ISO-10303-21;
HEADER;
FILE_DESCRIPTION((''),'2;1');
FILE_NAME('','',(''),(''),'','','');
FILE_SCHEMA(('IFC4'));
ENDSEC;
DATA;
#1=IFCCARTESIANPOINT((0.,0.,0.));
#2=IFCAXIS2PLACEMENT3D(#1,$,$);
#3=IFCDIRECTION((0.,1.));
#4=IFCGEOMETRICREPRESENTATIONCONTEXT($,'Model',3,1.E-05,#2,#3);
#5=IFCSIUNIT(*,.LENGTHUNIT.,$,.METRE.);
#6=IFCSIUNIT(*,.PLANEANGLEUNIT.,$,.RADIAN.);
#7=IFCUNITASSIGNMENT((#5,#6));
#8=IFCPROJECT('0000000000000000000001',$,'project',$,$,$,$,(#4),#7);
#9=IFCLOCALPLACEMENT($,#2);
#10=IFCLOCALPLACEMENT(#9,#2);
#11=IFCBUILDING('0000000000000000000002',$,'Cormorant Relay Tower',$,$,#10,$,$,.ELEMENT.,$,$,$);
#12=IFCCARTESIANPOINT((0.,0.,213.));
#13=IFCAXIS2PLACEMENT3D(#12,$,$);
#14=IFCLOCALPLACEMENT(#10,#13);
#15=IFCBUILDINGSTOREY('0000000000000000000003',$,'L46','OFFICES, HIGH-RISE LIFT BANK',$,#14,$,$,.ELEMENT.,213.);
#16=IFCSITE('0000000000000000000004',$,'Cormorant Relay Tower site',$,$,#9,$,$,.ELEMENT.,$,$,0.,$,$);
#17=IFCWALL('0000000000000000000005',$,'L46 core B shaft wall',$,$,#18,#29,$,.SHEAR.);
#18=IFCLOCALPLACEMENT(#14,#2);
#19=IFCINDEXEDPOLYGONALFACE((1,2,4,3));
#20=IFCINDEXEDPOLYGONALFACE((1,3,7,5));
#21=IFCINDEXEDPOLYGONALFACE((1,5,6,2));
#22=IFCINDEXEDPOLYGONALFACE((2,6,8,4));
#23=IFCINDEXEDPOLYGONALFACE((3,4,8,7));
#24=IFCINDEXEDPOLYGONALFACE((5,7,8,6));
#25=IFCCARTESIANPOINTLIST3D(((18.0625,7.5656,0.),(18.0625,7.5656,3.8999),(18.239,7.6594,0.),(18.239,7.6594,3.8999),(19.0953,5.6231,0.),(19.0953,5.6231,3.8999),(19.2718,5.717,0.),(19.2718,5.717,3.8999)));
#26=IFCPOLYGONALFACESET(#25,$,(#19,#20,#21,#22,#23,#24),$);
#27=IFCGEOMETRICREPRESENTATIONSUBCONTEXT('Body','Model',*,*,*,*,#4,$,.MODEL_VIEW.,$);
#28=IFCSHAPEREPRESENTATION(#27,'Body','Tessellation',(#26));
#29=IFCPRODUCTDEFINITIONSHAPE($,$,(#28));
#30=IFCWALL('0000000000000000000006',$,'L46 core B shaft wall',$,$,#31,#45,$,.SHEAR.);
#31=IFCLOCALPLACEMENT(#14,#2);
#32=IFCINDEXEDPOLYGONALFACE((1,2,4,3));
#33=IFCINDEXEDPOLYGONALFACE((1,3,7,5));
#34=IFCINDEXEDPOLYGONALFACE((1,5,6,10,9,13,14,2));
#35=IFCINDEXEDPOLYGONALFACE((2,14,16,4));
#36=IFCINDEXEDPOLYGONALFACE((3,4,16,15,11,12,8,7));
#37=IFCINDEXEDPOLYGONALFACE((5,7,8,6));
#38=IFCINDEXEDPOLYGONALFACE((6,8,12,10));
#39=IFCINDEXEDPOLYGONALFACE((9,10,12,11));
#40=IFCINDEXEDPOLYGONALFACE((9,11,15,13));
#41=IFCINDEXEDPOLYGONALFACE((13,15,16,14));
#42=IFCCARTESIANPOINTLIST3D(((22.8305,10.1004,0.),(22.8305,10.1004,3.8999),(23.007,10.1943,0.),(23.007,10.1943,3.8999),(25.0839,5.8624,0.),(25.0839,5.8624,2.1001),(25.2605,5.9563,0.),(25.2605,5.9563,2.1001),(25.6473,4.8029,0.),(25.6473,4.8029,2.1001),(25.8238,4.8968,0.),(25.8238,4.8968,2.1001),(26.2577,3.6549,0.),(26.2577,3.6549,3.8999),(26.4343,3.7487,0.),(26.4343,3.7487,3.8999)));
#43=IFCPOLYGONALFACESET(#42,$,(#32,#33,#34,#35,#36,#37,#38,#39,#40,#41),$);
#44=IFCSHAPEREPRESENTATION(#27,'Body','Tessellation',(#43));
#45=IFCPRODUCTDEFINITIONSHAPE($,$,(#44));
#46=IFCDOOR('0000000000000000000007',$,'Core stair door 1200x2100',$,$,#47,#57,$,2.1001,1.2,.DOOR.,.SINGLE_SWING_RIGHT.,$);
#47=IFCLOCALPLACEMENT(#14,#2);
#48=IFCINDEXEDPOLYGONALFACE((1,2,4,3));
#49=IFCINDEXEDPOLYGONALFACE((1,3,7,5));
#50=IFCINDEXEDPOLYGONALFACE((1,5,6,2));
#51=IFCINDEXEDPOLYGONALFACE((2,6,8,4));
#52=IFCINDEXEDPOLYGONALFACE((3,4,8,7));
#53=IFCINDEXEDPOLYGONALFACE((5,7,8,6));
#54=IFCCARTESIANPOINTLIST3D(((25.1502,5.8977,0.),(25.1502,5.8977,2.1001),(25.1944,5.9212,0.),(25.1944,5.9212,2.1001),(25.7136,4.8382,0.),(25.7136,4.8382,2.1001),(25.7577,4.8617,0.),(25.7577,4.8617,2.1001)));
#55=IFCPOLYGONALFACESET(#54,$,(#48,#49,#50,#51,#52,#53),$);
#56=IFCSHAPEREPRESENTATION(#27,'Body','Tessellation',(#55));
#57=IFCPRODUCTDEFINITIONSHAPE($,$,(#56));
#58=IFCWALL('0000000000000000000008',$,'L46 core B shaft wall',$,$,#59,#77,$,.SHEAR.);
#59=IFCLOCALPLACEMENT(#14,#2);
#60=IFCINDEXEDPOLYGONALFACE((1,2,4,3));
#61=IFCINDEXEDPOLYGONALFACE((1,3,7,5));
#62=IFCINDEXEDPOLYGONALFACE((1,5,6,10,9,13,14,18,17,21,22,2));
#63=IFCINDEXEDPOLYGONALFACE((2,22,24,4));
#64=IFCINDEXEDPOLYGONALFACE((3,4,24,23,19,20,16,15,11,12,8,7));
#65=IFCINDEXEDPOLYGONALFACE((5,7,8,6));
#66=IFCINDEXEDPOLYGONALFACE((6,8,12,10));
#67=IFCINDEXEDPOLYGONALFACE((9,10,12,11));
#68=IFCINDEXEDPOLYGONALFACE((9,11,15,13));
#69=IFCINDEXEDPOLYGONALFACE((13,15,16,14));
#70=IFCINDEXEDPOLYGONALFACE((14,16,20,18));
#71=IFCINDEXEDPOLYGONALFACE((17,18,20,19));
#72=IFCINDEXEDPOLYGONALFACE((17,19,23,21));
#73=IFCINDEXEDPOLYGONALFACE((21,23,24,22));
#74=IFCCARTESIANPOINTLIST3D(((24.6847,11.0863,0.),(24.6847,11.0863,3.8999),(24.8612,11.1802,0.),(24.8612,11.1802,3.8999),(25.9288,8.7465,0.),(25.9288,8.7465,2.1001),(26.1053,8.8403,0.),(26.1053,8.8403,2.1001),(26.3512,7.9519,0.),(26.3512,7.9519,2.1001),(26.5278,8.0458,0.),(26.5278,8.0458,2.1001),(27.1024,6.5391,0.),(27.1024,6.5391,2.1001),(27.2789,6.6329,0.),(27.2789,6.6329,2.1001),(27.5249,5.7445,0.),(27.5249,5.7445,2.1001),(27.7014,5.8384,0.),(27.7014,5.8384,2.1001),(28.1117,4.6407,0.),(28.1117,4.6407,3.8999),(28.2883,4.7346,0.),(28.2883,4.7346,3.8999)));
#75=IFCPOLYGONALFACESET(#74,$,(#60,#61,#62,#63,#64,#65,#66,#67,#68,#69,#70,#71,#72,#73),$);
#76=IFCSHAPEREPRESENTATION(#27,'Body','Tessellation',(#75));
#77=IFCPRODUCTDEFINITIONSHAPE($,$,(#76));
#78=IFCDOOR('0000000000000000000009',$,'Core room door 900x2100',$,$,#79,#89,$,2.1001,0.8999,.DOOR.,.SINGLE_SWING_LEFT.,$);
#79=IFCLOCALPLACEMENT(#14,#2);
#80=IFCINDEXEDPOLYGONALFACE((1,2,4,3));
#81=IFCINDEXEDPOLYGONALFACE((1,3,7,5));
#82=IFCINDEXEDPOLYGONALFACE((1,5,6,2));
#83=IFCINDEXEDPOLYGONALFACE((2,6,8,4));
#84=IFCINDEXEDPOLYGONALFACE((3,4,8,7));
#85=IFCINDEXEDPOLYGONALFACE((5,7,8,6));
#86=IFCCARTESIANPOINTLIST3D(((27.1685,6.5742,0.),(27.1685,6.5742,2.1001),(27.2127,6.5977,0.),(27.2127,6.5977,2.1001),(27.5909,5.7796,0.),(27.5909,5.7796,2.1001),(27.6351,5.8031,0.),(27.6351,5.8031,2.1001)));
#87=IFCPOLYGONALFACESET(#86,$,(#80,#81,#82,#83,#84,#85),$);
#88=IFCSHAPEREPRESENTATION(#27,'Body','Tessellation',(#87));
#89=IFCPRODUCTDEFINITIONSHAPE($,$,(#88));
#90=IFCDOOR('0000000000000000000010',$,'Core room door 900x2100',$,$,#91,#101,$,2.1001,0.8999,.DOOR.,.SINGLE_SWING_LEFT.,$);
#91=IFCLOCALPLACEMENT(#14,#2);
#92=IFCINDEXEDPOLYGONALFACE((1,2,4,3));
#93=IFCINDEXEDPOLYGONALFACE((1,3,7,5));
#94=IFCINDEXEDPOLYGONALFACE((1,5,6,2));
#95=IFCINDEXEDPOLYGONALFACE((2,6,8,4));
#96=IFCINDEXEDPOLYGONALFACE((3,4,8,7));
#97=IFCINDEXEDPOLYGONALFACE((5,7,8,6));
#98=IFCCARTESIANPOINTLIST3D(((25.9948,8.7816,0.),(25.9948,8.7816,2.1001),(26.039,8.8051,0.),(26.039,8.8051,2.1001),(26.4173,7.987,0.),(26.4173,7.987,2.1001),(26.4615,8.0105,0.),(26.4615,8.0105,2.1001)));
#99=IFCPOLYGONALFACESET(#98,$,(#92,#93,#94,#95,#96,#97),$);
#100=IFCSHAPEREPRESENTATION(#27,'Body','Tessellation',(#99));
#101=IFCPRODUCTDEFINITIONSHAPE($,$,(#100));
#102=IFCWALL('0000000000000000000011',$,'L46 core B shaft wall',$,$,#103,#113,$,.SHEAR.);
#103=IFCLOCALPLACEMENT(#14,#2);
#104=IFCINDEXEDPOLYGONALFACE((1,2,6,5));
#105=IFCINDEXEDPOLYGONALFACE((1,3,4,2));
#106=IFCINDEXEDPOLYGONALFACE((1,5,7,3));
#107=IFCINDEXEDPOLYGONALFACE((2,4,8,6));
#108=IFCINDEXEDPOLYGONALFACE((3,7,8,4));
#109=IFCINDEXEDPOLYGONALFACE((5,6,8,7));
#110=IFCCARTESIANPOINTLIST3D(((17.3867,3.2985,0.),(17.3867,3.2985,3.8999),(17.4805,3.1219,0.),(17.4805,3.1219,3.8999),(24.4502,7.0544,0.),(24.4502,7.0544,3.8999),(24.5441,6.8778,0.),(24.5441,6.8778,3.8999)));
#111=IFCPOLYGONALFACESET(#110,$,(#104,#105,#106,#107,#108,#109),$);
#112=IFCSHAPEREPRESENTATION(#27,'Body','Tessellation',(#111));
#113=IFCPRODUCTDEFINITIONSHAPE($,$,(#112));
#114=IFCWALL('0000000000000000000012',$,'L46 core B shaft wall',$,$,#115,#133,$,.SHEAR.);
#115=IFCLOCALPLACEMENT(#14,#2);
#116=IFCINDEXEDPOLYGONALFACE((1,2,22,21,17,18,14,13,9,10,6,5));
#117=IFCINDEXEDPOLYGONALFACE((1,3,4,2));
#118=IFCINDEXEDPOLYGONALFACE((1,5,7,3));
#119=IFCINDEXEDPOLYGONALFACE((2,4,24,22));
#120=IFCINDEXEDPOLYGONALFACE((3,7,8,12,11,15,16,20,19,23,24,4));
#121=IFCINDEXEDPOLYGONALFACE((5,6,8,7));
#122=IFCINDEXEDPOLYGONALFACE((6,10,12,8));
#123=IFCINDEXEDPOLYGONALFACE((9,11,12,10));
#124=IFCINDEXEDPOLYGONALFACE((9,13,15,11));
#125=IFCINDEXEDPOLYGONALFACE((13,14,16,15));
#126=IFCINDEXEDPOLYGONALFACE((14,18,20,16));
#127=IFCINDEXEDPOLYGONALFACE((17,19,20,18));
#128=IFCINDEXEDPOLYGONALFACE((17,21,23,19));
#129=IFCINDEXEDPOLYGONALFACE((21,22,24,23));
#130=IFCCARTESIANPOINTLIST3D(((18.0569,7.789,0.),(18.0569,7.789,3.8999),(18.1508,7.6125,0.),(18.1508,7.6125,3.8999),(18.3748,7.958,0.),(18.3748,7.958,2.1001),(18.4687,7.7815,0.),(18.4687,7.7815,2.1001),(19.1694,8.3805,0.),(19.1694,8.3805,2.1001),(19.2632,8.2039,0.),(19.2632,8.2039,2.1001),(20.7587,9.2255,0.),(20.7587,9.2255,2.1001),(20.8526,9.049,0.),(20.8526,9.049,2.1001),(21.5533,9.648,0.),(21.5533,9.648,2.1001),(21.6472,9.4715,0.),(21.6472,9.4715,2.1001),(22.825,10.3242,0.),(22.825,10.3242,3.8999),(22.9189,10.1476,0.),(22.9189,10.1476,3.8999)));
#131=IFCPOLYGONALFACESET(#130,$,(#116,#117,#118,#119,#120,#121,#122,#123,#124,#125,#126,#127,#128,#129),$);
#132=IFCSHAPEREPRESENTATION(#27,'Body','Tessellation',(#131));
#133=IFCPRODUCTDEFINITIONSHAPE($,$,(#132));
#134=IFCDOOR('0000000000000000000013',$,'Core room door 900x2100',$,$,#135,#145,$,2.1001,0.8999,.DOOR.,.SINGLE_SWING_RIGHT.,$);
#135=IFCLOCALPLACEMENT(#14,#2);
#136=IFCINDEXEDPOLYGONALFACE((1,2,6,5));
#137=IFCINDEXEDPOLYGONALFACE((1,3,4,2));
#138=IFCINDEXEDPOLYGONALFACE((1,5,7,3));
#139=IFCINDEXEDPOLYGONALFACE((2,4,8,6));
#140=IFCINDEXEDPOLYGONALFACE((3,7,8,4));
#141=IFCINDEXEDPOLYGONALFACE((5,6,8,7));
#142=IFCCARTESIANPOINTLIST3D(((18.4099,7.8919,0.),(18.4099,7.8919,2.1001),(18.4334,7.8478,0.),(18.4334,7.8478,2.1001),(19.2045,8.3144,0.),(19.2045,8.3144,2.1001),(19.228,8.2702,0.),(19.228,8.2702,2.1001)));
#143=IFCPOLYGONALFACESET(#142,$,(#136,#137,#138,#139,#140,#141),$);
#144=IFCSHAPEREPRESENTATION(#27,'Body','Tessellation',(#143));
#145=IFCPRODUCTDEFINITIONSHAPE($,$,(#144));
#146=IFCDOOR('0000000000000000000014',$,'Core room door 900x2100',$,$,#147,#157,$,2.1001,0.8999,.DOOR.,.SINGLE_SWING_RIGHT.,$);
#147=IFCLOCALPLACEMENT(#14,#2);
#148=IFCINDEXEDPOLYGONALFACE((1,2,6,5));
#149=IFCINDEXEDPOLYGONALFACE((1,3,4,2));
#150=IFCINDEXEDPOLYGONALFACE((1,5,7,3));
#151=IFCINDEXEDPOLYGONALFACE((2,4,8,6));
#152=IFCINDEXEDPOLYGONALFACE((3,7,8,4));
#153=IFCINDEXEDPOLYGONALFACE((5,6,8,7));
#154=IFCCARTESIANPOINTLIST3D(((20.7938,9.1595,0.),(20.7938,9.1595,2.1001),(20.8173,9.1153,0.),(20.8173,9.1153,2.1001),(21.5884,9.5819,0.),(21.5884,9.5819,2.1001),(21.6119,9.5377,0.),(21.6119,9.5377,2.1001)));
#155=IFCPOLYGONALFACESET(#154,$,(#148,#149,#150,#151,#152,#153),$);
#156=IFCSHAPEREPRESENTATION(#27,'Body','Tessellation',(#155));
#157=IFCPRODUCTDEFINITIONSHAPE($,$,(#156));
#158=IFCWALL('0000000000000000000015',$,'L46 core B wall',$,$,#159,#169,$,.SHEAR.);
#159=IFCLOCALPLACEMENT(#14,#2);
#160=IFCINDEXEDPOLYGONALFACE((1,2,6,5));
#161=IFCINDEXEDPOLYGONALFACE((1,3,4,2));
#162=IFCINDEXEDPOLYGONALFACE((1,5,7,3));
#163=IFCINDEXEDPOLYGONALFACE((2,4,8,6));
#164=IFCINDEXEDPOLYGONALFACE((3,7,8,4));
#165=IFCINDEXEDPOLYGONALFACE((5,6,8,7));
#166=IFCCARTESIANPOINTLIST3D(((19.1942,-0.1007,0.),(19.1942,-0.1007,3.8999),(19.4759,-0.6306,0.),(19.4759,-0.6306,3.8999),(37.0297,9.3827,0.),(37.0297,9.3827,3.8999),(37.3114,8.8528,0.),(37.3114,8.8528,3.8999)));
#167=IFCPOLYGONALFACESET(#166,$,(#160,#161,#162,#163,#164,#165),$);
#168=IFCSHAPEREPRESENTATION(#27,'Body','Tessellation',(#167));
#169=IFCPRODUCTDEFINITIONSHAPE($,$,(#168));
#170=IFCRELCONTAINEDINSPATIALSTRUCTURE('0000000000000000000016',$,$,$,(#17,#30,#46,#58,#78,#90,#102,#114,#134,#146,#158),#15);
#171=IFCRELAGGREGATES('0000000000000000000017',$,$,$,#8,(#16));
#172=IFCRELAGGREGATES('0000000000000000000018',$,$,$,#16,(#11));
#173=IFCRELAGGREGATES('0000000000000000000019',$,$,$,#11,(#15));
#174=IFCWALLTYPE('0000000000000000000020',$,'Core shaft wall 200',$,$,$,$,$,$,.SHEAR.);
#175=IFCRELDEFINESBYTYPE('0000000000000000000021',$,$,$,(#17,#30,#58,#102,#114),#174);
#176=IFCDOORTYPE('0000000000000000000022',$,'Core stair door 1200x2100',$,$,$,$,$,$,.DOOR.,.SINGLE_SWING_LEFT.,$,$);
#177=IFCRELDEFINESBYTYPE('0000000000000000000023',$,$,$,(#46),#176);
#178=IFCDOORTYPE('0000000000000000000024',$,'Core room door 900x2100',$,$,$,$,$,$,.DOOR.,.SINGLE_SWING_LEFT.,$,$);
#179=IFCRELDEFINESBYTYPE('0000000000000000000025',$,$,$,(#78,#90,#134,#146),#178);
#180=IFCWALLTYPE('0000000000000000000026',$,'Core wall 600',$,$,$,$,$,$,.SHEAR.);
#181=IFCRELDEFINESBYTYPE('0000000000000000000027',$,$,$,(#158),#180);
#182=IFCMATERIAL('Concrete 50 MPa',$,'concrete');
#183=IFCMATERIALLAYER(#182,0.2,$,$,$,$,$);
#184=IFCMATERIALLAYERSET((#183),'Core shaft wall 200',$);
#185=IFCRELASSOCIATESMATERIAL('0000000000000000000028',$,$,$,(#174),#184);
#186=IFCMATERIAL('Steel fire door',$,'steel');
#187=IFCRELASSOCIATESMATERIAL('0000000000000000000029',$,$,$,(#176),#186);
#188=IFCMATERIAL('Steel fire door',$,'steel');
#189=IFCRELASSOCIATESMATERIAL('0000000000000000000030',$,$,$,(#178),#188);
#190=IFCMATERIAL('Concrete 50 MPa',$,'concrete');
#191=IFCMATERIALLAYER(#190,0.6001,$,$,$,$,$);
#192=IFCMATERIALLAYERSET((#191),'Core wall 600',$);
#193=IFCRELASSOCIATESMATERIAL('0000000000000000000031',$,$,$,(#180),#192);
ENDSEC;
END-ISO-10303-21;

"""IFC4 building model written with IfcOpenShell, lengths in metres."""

from ifc_helpers import new_model, si_unit, direction, frame, frame_2d, origin, place, context, subcontext, project, spatial, rectangle, extrude, material, layer, layer_set, type_object, element, fill, save


model = new_model("IFC4")

# Units and contexts
model_context = context("Model", 3, precision=1e-05, world=origin(), true_north=direction((0.0, 1.0)))
body_context = subcontext(model_context, "Body", "Model", "MODEL_VIEW")
ifc_project = project(units=[si_unit("LENGTHUNIT", "METRE"), si_unit("PLANEANGLEUNIT", "RADIAN")], contexts=[model_context])

# Site, building, storey
site_placement = place(None, origin())
site = spatial("IfcSite", under=ifc_project, at=site_placement, Name="Cormorant Relay Tower site", CompositionType="ELEMENT", RefElevation=0.0)
building_placement = place(site_placement, origin())
building = spatial("IfcBuilding", under=site, at=building_placement, Name="Cormorant Relay Tower", CompositionType="ELEMENT")
storey_placement = place(building_placement, frame((0.0, 0.0, 213.0)))
storey = spatial("IfcBuildingStorey", under=building, at=storey_placement, Name="L46", Description="OFFICES, HIGH-RISE LIFT BANK", CompositionType="ELEMENT", Elevation=213.0)

# Wall
ifc_material_1 = material(Name="Concrete 50 MPa", Category="concrete")
ifc_layer_1 = layer(ifc_material_1, 0.2)
ifc_layer_set_1 = layer_set([ifc_layer_1], Name="Core shaft wall 200")
wall_type_1 = type_object("IfcWallType", Name="Core shaft wall 200", PredefinedType="SHEAR", material=ifc_layer_set_1)
wall_1_placement = place(storey_placement, frame((19.1836, 5.6699, 0.0), z_axis=(0.0, 0.0, 1.0), x_axis=(-0.469447, 0.88296, 0.0)))
element("IfcWall", 1, at=wall_1_placement, inside=storey, type_object=wall_type_1, Name="L46 core B shaft wall", PredefinedType="SHEAR", context=body_context, shape_type="SweptSolid", body=[
    extrude(rectangle(XDim=2.2, YDim=0.2, at=frame_2d((1.1001, 0.0))), origin(), (0.0, 0.0, 1.0), 3.8999),
])

# Wall, opening, door
wall_2_placement = place(storey_placement, frame((26.3459, 3.7019, 0.0), z_axis=(0.0, 0.0, 1.0), x_axis=(-0.46948, 0.882943, 0.0)))
wall_2 = element("IfcWall", 2, at=wall_2_placement, inside=storey, type_object=wall_type_1, Name="L46 core B shaft wall", PredefinedType="SHEAR", context=body_context, shape_type="SweptSolid", body=[
    extrude(rectangle(XDim=7.3, YDim=0.2, at=frame_2d((3.6499, 0.0))), origin(), (0.0, 0.0, 1.0), 3.8999),
])
opening_1_placement = place(wall_2_placement, frame((1.3, 0.0, 0.0)))
opening_1 = element("IfcOpeningElement", 3, at=opening_1_placement, cuts=wall_2, PredefinedType="OPENING", context=body_context, shape_type="SweptSolid", body=[
    extrude(rectangle(XDim=1.2, YDim=2.1001, at=frame_2d((0.6001, 1.05))), frame((0.0, 0.1099, 0.0), z_axis=(0.0, -1.0, 0.0), x_axis=(1.0, 0.0, 0.0)), (0.0, 0.0, 1.0), 0.22),
])
ifc_material_2 = material(Name="Steel fire door", Category="steel")
door_type_1 = type_object("IfcDoorType", Name="Core stair door 1200x2100", OperationType="SINGLE_SWING_LEFT", PredefinedType="DOOR", material=ifc_material_2)
door_1_placement = place(opening_1_placement, origin())
door_1 = element("IfcDoor", 4, at=door_1_placement, inside=storey, type_object=door_type_1, Name="Core stair door 1200x2100", OperationType="SINGLE_SWING_RIGHT", OverallHeight=2.1001, OverallWidth=1.2, PredefinedType="DOOR", context=body_context, shape_type="SweptSolid", body=[
    extrude(rectangle(XDim=1.2, YDim=2.1001, at=frame_2d((0.6001, 1.05))), frame((0.0, 0.0249, 0.0), z_axis=(0.0, -1.0, 0.0), x_axis=(1.0, 0.0, 0.0)), (0.0, 0.0, 1.0), 0.05),
])
fill(opening_1, door_1)

# Wall, openings, doors
wall_3_placement = place(storey_placement, frame((28.2, 4.6877, 0.0), z_axis=(0.0, 0.0, 1.0), x_axis=(-0.469454, 0.882957, 0.0)))
wall_3 = element("IfcWall", 5, at=wall_3_placement, inside=storey, type_object=wall_type_1, Name="L46 core B shaft wall", PredefinedType="SHEAR", context=body_context, shape_type="SweptSolid", body=[
    extrude(rectangle(XDim=7.3, YDim=0.2, at=frame_2d((3.6499, 0.0))), origin(), (0.0, 0.0, 1.0), 3.8999),
])
opening_2_placement = place(wall_3_placement, frame((1.25, 0.0, 0.0)))
opening_2 = element("IfcOpeningElement", 6, at=opening_2_placement, cuts=wall_3, PredefinedType="OPENING", context=body_context, shape_type="SweptSolid", body=[
    extrude(rectangle(XDim=0.8999, YDim=2.1001, at=frame_2d((0.45, 1.05))), frame((0.0, 0.1099, 0.0), z_axis=(0.0, -1.0, 0.0), x_axis=(1.0, 0.0, 0.0)), (0.0, 0.0, 1.0), 0.22),
])
opening_3_placement = place(wall_3_placement, frame((3.75, 0.0, 0.0)))
opening_3 = element("IfcOpeningElement", 7, at=opening_3_placement, cuts=wall_3, PredefinedType="OPENING", context=body_context, shape_type="SweptSolid", body=[
    extrude(rectangle(XDim=0.8999, YDim=2.1001, at=frame_2d((0.45, 1.05))), frame((0.0, 0.1099, 0.0), z_axis=(0.0, -1.0, 0.0), x_axis=(1.0, 0.0, 0.0)), (0.0, 0.0, 1.0), 0.22),
])
ifc_material_3 = material(Name="Steel fire door", Category="steel")
door_type_2 = type_object("IfcDoorType", Name="Core room door 900x2100", OperationType="SINGLE_SWING_LEFT", PredefinedType="DOOR", material=ifc_material_3)
door_2_placement = place(opening_2_placement, frame((0.8999, 0.0, 0.0), z_axis=(0.0, 0.0, 1.0), x_axis=(-1.0, 0.0, 0.0)))
door_2 = element("IfcDoor", 8, at=door_2_placement, inside=storey, type_object=door_type_2, Name="Core room door 900x2100", OperationType="SINGLE_SWING_LEFT", OverallHeight=2.1001, OverallWidth=0.8999, PredefinedType="DOOR", context=body_context, shape_type="SweptSolid", body=[
    extrude(rectangle(XDim=0.8999, YDim=2.1001, at=frame_2d((0.45, 1.05))), frame((0.0, 0.0249, 0.0), z_axis=(0.0, -1.0, 0.0), x_axis=(1.0, 0.0, 0.0)), (0.0, 0.0, 1.0), 0.05),
])
fill(opening_2, door_2)
door_3_placement = place(opening_3_placement, frame((0.8999, 0.0, 0.0), z_axis=(0.0, 0.0, 1.0), x_axis=(-1.0, 0.0, 0.0)))
door_3 = element("IfcDoor", 9, at=door_3_placement, inside=storey, type_object=door_type_2, Name="Core room door 900x2100", OperationType="SINGLE_SWING_LEFT", OverallHeight=2.1001, OverallWidth=0.8999, PredefinedType="DOOR", context=body_context, shape_type="SweptSolid", body=[
    extrude(rectangle(XDim=0.8999, YDim=2.1001, at=frame_2d((0.45, 1.05))), frame((0.0, 0.0249, 0.0), z_axis=(0.0, -1.0, 0.0), x_axis=(1.0, 0.0, 0.0)), (0.0, 0.0, 1.0), 0.05),
])
fill(opening_3, door_3)

# Wall
wall_4_placement = place(storey_placement, frame((17.4336, 3.2102, 0.0), z_axis=(0.0, 0.0, 1.0), x_axis=(0.88294, 0.469485, 0.0)))
element("IfcWall", 10, at=wall_4_placement, inside=storey, type_object=wall_type_1, Name="L46 core B shaft wall", PredefinedType="SHEAR", context=body_context, shape_type="SweptSolid", body=[
    extrude(rectangle(XDim=8.0, YDim=0.2, at=frame_2d((4.0, 0.0))), origin(), (0.0, 0.0, 1.0), 3.8999),
])

# Wall, openings, doors
wall_5_placement = place(storey_placement, frame((18.1038, 7.7007, 0.0), z_axis=(0.0, 0.0, 1.0), x_axis=(0.882953, 0.469462, 0.0)))
wall_5 = element("IfcWall", 11, at=wall_5_placement, inside=storey, type_object=wall_type_1, Name="L46 core B shaft wall", PredefinedType="SHEAR", context=body_context, shape_type="SweptSolid", body=[
    extrude(rectangle(XDim=5.4001, YDim=0.2, at=frame_2d((2.7002, 0.0))), origin(), (0.0, 0.0, 1.0), 3.8999),
])
opening_4_placement = place(wall_5_placement, frame((0.3601, 0.0, 0.0)))
opening_4 = element("IfcOpeningElement", 12, at=opening_4_placement, cuts=wall_5, PredefinedType="OPENING", context=body_context, shape_type="SweptSolid", body=[
    extrude(rectangle(XDim=0.8999, YDim=2.1001, at=frame_2d((0.45, 1.05))), frame((0.0, 0.1099, 0.0), z_axis=(0.0, -1.0, 0.0), x_axis=(1.0, 0.0, 0.0)), (0.0, 0.0, 1.0), 0.22),
])
opening_5_placement = place(wall_5_placement, frame((3.0601, 0.0, 0.0)))
opening_5 = element("IfcOpeningElement", 13, at=opening_5_placement, cuts=wall_5, PredefinedType="OPENING", context=body_context, shape_type="SweptSolid", body=[
    extrude(rectangle(XDim=0.8999, YDim=2.1001, at=frame_2d((0.45, 1.05))), frame((0.0, 0.1099, 0.0), z_axis=(0.0, -1.0, 0.0), x_axis=(1.0, 0.0, 0.0)), (0.0, 0.0, 1.0), 0.22),
])
door_4_placement = place(opening_4_placement, frame((0.8999, 0.0, 0.0), z_axis=(0.0, 0.0, 1.0), x_axis=(-1.0, 0.0, 0.0)))
door_4 = element("IfcDoor", 14, at=door_4_placement, inside=storey, type_object=door_type_2, Name="Core room door 900x2100", OperationType="SINGLE_SWING_RIGHT", OverallHeight=2.1001, OverallWidth=0.8999, PredefinedType="DOOR", context=body_context, shape_type="SweptSolid", body=[
    extrude(rectangle(XDim=0.8999, YDim=2.1001, at=frame_2d((0.45, 1.05))), frame((0.0, 0.0249, 0.0), z_axis=(0.0, -1.0, 0.0), x_axis=(1.0, 0.0, 0.0)), (0.0, 0.0, 1.0), 0.05),
])
fill(opening_4, door_4)
door_5_placement = place(opening_5_placement, frame((0.8999, 0.0, 0.0), z_axis=(0.0, 0.0, 1.0), x_axis=(-1.0, 0.0, 0.0)))
door_5 = element("IfcDoor", 15, at=door_5_placement, inside=storey, type_object=door_type_2, Name="Core room door 900x2100", OperationType="SINGLE_SWING_RIGHT", OverallHeight=2.1001, OverallWidth=0.8999, PredefinedType="DOOR", context=body_context, shape_type="SweptSolid", body=[
    extrude(rectangle(XDim=0.8999, YDim=2.1001, at=frame_2d((0.45, 1.05))), frame((0.0, 0.0249, 0.0), z_axis=(0.0, -1.0, 0.0), x_axis=(1.0, 0.0, 0.0)), (0.0, 0.0, 1.0), 0.05),
])
fill(opening_5, door_5)

# Shared definitions
ifc_material_4 = material(Name="Concrete 50 MPa", Category="concrete")
ifc_layer_2 = layer(ifc_material_4, 0.6001)
ifc_layer_set_2 = layer_set([ifc_layer_2], Name="Core wall 600")
wall_type_2 = type_object("IfcWallType", Name="Core wall 600", PredefinedType="SHEAR", material=ifc_layer_set_2)

# Wall
wall_6_placement = place(storey_placement, frame((19.335, -0.3657, 0.0), z_axis=(0.0, 0.0, 1.0), x_axis=(0.882945, 0.469476, 0.0)))
element("IfcWall", 16, at=wall_6_placement, inside=storey, type_object=wall_type_2, Name="L46 core B wall", PredefinedType="SHEAR", context=body_context, shape_type="SweptSolid", body=[
    extrude(rectangle(XDim=20.2, YDim=0.6001, at=frame_2d((10.1001, 0.0))), origin(), (0.0, 0.0, 1.0), 3.8999),
])

save(model, "model.ifc")
